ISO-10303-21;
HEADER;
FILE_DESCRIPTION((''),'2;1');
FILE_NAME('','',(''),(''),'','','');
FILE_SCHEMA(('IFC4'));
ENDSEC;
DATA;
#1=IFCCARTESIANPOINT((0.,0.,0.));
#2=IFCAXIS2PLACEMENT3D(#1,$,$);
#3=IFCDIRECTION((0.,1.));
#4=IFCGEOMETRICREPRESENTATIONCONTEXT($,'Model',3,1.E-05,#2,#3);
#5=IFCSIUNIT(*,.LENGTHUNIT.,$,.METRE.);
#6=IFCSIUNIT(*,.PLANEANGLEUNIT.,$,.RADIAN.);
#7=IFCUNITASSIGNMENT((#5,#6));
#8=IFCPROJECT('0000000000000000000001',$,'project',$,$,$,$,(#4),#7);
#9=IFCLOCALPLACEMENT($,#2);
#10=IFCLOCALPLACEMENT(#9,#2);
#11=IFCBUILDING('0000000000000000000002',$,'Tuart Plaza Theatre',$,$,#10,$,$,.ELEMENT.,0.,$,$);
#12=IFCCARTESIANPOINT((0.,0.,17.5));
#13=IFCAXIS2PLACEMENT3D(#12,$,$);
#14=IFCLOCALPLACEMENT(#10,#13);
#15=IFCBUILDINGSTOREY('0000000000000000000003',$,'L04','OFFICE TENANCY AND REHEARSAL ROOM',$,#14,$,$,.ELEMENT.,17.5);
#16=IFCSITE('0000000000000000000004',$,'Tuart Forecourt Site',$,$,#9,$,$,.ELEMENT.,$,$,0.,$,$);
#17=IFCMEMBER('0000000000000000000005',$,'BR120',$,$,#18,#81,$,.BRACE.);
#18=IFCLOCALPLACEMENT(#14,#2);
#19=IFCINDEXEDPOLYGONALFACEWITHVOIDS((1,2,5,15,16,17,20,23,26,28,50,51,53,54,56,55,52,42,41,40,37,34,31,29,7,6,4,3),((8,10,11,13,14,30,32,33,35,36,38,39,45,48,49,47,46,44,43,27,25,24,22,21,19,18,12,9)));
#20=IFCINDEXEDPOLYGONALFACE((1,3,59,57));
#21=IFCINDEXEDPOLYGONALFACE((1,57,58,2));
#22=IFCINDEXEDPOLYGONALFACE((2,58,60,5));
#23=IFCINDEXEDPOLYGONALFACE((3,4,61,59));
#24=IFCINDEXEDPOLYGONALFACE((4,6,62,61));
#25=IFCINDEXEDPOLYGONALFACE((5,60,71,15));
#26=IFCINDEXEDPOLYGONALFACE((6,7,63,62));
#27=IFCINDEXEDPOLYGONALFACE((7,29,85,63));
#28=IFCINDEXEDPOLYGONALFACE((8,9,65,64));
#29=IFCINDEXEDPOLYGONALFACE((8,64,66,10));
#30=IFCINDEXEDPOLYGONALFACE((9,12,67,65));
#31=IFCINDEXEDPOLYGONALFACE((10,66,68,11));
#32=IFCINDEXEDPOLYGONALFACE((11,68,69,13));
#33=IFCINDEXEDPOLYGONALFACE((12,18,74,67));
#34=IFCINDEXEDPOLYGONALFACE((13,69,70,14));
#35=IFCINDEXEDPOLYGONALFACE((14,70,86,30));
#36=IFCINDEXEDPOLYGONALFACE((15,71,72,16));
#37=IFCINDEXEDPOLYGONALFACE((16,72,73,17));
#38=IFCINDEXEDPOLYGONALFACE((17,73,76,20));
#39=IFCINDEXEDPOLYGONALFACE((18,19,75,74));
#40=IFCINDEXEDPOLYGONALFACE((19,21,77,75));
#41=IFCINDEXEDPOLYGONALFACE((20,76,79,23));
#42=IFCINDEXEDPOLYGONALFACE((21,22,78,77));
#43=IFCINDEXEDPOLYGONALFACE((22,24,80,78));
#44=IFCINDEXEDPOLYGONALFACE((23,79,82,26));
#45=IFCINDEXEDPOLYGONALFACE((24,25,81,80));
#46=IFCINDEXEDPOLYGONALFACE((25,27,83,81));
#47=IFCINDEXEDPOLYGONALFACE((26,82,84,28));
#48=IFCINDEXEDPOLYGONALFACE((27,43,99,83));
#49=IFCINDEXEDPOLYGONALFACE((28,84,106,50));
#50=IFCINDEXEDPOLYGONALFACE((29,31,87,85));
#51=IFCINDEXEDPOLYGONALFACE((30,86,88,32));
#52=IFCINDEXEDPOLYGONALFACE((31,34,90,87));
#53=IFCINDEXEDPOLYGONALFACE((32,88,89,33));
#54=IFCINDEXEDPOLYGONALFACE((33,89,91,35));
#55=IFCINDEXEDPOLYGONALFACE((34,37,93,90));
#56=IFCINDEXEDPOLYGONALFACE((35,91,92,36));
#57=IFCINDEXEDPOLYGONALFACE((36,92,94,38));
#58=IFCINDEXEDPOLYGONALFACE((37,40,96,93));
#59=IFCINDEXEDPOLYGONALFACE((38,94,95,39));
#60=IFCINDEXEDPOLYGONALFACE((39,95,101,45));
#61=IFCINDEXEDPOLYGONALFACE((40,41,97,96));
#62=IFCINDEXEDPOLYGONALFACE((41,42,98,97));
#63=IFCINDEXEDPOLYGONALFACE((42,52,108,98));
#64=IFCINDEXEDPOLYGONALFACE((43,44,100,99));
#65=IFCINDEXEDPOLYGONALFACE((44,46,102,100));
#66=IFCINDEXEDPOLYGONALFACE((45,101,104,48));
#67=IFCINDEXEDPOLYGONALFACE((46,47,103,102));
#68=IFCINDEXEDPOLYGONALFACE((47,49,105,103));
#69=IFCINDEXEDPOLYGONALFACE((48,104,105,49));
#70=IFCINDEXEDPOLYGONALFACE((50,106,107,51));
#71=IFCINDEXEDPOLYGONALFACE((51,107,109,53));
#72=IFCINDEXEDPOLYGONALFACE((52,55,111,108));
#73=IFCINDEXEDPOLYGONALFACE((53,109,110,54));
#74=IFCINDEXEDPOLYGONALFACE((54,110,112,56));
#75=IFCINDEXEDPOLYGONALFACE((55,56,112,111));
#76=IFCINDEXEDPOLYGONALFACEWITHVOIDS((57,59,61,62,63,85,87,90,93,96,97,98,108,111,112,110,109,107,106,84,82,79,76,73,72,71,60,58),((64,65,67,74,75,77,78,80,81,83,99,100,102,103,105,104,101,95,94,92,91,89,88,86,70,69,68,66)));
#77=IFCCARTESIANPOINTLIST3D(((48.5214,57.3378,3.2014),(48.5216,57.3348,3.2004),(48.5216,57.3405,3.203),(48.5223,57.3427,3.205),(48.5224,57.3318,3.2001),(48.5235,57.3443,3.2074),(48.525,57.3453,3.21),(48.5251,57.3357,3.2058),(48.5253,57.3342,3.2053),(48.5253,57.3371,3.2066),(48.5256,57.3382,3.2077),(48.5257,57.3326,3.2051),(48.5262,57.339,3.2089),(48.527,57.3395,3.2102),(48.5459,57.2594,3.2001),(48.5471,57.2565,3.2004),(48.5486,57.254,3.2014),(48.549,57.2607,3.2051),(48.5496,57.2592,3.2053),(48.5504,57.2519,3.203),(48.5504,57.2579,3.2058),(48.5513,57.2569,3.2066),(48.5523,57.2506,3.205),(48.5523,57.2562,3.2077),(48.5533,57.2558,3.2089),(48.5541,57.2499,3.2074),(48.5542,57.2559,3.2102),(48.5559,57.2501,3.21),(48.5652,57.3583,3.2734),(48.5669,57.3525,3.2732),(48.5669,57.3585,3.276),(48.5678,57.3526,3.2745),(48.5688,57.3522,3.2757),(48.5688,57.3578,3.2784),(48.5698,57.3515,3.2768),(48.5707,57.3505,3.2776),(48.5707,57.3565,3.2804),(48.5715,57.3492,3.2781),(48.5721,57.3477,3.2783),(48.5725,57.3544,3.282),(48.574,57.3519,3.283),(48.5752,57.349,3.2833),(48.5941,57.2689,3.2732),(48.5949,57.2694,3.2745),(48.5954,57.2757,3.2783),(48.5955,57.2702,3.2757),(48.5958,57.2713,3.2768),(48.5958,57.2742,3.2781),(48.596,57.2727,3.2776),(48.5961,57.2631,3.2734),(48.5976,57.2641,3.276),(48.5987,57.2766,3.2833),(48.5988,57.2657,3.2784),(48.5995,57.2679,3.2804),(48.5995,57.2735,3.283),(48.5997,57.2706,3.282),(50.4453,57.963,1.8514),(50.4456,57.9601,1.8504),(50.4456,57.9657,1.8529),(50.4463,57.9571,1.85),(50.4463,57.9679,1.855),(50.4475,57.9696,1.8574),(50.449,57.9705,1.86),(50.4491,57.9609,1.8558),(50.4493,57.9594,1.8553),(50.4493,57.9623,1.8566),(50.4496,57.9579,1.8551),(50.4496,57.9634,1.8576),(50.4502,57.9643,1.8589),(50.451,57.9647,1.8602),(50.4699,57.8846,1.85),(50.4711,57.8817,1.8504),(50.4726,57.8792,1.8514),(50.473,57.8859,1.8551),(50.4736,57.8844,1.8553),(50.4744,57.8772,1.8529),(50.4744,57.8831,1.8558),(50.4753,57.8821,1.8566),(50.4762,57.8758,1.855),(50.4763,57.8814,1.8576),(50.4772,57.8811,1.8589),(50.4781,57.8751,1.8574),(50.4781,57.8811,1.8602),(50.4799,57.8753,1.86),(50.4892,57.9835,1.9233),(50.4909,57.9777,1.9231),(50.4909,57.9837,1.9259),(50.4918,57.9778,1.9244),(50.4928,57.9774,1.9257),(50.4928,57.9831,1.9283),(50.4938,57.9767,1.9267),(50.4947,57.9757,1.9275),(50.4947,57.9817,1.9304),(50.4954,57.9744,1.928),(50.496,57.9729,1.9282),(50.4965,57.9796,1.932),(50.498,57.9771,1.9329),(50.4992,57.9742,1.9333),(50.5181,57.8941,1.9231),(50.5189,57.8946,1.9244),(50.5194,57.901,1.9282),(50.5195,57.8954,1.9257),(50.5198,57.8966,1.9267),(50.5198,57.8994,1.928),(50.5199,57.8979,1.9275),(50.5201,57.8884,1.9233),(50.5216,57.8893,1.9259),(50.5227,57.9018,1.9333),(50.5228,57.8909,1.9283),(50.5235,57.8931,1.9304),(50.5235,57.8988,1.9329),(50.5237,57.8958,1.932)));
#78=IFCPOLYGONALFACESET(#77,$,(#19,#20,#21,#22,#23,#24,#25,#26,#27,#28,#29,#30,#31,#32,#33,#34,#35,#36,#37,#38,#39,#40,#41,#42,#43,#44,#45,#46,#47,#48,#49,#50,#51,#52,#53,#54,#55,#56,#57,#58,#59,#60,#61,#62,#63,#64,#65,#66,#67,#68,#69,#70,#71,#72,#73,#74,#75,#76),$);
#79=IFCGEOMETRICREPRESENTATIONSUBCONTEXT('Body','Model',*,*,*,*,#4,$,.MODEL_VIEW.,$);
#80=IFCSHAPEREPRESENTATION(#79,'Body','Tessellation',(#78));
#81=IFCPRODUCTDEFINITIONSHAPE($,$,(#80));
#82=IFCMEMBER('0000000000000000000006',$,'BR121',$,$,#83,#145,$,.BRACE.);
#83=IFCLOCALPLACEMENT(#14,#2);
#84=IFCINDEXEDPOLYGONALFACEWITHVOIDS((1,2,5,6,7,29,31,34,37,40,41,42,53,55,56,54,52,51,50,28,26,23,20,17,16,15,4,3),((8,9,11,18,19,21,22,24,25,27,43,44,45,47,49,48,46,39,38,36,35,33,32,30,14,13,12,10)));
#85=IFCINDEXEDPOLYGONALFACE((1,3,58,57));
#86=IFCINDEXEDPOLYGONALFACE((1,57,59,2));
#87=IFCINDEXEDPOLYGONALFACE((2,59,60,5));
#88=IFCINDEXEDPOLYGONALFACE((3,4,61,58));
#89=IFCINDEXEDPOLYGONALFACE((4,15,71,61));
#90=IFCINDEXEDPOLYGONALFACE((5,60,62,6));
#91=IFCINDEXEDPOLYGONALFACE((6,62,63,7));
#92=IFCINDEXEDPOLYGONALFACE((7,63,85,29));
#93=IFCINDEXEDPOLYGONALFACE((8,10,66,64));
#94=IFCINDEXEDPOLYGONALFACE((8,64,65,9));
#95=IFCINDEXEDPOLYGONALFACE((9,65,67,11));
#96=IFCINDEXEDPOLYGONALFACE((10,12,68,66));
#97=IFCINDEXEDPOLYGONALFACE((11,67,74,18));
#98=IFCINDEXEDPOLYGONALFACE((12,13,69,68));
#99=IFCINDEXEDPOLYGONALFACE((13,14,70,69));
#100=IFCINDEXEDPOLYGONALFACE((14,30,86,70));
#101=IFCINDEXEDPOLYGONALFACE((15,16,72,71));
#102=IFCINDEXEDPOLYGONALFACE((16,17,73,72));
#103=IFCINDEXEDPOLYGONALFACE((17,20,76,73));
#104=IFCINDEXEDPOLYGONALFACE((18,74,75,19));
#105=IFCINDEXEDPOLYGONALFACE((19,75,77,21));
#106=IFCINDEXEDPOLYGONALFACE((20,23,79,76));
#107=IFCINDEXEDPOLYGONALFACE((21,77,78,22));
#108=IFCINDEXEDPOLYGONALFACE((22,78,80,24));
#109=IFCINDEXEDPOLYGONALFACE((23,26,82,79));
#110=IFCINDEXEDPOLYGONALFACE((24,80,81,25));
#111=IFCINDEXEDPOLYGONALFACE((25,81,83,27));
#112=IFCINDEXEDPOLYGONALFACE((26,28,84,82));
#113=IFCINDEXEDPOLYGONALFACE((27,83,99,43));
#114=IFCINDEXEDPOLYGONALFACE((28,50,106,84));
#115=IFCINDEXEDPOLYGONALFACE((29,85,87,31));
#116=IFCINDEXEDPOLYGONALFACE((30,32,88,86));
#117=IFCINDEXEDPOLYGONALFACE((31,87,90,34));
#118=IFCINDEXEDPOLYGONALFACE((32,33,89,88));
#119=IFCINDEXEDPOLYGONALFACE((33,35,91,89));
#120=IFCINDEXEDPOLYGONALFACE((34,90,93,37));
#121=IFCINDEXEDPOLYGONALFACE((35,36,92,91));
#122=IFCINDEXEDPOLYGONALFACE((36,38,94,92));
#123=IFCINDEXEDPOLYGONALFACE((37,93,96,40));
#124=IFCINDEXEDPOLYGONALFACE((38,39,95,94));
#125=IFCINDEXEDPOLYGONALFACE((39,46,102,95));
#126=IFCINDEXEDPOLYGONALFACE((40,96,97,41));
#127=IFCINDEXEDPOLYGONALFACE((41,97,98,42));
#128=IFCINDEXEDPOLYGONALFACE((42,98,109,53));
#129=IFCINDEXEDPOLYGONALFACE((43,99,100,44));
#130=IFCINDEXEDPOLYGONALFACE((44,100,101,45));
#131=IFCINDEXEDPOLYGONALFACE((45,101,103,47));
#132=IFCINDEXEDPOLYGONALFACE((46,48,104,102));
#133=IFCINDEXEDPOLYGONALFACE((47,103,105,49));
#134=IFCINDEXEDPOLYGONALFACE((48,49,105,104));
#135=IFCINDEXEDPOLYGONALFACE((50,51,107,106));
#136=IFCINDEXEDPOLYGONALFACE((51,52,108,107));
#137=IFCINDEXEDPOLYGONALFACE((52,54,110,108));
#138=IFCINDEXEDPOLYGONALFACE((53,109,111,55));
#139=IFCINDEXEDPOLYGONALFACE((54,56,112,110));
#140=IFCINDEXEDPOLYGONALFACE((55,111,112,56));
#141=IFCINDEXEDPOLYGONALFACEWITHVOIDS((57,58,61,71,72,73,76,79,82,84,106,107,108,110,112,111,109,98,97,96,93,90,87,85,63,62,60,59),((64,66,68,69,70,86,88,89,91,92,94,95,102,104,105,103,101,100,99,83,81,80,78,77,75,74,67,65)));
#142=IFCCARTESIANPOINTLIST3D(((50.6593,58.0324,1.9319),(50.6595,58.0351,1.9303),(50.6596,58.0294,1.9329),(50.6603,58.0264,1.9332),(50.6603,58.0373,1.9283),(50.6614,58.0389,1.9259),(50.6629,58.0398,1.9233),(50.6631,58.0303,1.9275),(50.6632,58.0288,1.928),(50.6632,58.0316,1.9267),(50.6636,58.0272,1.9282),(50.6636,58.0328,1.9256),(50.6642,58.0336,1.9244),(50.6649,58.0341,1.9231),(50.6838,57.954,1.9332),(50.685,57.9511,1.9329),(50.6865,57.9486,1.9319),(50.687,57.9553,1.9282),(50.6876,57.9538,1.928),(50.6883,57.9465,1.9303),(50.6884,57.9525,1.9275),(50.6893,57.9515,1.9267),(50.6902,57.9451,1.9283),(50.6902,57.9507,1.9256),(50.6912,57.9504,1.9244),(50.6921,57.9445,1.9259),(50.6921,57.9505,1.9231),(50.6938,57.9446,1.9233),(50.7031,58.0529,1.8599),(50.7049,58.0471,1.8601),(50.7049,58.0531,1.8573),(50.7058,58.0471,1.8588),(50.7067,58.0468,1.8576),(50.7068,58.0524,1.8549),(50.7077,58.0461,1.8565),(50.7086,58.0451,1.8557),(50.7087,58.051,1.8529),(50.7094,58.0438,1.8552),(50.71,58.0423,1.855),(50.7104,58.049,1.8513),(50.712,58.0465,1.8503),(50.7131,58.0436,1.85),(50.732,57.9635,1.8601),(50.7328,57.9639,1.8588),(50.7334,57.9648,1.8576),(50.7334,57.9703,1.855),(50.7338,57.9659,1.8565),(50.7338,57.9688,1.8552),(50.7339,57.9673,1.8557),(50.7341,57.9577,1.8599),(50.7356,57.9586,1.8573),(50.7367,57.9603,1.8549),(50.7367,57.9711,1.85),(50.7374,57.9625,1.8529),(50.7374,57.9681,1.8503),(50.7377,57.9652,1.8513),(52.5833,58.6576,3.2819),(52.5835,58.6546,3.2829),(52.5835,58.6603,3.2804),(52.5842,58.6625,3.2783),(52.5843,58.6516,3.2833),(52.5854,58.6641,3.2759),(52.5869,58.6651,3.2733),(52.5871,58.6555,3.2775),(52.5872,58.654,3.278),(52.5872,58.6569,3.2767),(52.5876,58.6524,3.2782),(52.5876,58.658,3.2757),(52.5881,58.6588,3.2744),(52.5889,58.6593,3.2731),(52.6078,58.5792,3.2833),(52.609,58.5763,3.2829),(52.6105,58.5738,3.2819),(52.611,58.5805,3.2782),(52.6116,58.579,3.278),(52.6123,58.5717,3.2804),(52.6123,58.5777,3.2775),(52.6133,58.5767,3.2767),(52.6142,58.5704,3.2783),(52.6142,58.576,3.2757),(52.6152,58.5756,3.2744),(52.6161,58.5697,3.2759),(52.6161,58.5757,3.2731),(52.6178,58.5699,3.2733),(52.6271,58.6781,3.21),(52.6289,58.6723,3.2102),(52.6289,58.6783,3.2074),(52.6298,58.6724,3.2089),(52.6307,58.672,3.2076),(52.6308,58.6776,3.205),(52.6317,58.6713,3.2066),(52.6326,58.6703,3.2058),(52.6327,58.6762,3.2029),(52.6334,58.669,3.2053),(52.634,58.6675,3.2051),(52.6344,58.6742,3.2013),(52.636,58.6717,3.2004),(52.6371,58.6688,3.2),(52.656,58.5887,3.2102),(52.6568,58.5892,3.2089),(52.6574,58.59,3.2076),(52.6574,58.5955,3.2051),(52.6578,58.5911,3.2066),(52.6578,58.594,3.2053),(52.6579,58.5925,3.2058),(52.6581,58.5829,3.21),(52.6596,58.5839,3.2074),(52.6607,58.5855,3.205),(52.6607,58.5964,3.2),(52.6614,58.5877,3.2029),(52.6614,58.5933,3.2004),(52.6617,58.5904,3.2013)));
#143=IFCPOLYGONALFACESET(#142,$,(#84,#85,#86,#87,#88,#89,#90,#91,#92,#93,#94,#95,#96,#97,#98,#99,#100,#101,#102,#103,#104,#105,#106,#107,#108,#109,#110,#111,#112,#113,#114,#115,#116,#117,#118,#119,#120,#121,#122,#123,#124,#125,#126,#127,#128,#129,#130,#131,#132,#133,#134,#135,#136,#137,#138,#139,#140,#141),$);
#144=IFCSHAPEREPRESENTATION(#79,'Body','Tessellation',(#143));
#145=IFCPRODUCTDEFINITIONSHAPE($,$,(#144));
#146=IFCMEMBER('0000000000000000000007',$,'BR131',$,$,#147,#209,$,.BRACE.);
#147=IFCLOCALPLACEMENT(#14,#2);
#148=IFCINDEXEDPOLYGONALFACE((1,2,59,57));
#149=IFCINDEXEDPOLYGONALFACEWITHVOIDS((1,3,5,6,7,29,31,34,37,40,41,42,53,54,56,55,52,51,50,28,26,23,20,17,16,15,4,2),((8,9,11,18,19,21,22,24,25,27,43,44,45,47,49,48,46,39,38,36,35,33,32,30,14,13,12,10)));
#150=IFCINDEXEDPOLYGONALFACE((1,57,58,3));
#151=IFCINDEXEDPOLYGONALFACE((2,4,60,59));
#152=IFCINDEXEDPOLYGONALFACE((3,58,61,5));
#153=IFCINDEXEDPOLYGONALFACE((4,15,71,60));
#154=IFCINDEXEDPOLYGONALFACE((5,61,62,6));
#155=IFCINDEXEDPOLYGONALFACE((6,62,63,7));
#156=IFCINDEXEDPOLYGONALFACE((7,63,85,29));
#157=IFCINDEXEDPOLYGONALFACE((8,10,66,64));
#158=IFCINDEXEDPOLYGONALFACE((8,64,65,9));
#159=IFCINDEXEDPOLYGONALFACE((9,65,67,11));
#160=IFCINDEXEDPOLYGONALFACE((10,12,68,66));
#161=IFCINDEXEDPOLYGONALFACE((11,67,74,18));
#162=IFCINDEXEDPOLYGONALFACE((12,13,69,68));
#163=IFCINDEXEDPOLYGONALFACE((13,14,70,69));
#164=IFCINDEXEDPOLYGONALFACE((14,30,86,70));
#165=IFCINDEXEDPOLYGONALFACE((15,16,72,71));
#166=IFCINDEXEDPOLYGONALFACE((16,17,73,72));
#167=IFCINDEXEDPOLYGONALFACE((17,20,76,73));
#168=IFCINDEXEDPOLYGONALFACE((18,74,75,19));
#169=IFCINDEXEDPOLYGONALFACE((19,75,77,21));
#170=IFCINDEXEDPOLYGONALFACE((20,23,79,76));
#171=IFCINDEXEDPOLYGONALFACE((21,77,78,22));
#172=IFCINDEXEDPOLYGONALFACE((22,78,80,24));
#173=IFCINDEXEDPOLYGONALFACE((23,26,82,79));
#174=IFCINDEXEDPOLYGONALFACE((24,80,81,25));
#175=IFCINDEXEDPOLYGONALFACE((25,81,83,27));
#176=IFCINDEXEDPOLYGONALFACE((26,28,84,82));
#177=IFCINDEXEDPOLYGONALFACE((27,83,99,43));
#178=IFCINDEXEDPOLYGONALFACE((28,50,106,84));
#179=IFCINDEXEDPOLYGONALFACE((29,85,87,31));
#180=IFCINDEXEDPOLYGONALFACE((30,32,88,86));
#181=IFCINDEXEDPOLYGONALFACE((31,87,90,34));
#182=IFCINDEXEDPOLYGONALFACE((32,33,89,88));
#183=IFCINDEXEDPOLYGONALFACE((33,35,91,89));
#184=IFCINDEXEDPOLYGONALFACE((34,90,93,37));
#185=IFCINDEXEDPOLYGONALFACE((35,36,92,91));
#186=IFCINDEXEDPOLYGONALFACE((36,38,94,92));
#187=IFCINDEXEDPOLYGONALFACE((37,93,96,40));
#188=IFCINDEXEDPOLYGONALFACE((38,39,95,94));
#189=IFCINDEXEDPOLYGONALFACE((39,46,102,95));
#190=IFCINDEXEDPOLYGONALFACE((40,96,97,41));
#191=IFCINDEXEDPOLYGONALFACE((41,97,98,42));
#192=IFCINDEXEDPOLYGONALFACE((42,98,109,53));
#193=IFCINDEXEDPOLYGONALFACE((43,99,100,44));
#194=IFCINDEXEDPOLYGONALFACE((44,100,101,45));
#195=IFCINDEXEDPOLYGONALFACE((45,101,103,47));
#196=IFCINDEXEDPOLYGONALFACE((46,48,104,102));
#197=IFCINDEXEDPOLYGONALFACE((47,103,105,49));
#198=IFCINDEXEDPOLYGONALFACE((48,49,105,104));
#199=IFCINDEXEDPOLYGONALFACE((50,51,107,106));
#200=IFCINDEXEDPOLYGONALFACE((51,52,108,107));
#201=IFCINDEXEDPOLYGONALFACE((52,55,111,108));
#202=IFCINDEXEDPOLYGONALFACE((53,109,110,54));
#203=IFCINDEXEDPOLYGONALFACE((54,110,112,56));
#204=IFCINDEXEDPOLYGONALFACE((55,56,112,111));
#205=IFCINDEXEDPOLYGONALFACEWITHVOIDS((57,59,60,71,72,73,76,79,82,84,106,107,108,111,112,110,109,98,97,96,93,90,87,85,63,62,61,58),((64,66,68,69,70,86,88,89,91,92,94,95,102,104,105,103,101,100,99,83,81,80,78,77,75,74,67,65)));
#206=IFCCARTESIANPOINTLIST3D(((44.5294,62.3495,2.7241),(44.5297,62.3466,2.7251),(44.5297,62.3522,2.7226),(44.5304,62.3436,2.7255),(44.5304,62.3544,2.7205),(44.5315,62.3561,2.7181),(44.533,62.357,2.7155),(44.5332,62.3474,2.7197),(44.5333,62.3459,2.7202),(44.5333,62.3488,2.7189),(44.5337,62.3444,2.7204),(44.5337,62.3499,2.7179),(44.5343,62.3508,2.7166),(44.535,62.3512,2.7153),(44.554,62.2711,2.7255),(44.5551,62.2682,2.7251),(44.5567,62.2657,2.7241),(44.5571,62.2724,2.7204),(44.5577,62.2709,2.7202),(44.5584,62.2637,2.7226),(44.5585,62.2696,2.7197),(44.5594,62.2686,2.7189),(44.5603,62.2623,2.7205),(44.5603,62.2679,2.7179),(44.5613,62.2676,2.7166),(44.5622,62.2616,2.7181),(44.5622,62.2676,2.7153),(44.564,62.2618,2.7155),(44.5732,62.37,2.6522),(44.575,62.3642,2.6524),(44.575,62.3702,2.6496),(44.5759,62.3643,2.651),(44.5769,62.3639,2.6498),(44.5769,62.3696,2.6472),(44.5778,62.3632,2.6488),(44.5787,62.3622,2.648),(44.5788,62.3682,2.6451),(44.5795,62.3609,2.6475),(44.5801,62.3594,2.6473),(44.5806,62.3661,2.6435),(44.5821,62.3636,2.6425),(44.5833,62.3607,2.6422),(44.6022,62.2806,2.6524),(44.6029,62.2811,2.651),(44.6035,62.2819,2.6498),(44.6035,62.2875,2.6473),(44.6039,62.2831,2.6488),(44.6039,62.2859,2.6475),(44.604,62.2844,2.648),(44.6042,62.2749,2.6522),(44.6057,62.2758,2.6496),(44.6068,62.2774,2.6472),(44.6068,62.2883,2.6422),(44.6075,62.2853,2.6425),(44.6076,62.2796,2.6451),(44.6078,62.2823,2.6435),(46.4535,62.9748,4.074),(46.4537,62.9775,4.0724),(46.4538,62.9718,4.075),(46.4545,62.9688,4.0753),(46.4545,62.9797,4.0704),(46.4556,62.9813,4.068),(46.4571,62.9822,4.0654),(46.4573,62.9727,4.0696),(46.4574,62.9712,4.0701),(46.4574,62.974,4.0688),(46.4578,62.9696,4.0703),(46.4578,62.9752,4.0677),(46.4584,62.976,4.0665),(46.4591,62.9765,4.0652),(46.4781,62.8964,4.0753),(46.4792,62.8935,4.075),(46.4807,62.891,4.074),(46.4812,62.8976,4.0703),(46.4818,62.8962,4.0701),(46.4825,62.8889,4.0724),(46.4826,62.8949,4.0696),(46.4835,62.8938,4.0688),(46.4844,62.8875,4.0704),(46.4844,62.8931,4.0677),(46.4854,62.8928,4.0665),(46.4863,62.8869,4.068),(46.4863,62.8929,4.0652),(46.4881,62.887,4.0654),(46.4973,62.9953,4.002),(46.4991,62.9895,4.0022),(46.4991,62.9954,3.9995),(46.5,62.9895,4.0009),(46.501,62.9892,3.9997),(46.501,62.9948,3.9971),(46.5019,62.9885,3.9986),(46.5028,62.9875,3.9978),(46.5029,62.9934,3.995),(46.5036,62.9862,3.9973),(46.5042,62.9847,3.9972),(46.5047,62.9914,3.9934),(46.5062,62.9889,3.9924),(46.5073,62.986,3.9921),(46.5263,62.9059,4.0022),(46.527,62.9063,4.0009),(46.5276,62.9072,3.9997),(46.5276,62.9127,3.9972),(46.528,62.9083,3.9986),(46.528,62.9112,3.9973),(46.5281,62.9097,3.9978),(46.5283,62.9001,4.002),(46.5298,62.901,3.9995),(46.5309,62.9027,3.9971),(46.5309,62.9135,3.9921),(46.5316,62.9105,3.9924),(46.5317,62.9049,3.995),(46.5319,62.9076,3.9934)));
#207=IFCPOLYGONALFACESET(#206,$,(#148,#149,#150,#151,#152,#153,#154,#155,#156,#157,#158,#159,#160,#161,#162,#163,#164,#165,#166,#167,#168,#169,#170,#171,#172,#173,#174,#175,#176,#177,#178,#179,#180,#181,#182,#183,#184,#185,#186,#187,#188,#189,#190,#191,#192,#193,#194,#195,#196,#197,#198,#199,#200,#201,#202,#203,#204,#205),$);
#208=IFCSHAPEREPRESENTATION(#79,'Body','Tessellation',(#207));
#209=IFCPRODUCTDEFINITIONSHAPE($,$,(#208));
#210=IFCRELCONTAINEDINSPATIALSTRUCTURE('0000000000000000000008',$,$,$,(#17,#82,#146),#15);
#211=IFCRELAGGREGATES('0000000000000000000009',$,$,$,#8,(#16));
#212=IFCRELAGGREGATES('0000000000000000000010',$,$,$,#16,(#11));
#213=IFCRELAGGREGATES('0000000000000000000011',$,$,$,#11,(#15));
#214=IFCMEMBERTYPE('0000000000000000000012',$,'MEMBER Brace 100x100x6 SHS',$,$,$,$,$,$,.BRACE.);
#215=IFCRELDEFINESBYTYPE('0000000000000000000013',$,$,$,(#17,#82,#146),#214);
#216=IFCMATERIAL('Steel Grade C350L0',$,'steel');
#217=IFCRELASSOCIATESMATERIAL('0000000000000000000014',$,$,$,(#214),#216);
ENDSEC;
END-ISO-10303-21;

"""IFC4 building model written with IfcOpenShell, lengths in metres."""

from ifc_helpers import new_model, si_unit, direction, frame, origin, origin_2d, place, context, subcontext, project, spatial, hollow_rectangle, extrude, material, material_profile, profile_set, type_object, element, save


model = new_model("IFC4")

# Units and contexts
model_context = context("Model", 3, precision=1e-05, world=origin(), true_north=direction((0.0, 1.0)))
body_context = subcontext(model_context, "Body", "Model", "MODEL_VIEW")
ifc_project = project(units=[si_unit("LENGTHUNIT", "METRE"), si_unit("PLANEANGLEUNIT", "RADIAN")], contexts=[model_context])

# Site, building, storey
site_placement = place(None, origin())
site = spatial("IfcSite", under=ifc_project, at=site_placement, Name="Tuart Forecourt Site", CompositionType="ELEMENT", RefElevation=0.0)
building_placement = place(site_placement, origin())
building = spatial("IfcBuilding", under=site, at=building_placement, Name="Tuart Plaza Theatre", CompositionType="ELEMENT", ElevationOfRefHeight=0.0)
storey_placement = place(building_placement, frame((0.0, 0.0, 17.5)))
storey = spatial("IfcBuildingStorey", under=building, at=storey_placement, Name="L04", Description="OFFICE TENANCY AND REHEARSAL ROOM", CompositionType="ELEMENT", Elevation=17.5)

# Members
ifc_material_1 = material(Name="Steel Grade C350L0", Category="steel")
ifc_material_profile_1 = material_profile(ifc_material_1, hollow_rectangle(XDim=0.1001, YDim=0.1001, WallThickness=0.0061, InnerFilletRadius=0.0061, OuterFilletRadius=0.012, at=origin_2d()), Name="100x100x6 SHS")
ifc_profile_set_1 = profile_set([ifc_material_profile_1], Name="Steel Grade C350L0")
member_type_1 = type_object("IfcMemberType", Name="MEMBER Brace 100x100x6 SHS", PredefinedType="BRACE", material=ifc_profile_set_1)
for number, where, z_axis, x_axis, name in (
    (1, (48.5605, 57.3042, 3.2417), (0.791073, 0.257066, -0.555086), (-0.309051, 0.951046, 0.0), "BR120"),
    (2, (50.6985, 57.9988, 1.8916), (0.791073, 0.257066, 0.555086), (-0.309051, 0.951046, 0.0), "BR121"),
    (3, (44.5686, 62.3159, 2.6838), (0.791117, 0.25708, 0.555017), (-0.309051, 0.951046, 0.0), "BR131"),
):
    element("IfcMember", number, at=place(storey_placement, frame(where, z_axis=z_axis, x_axis=x_axis)), inside=storey, type_object=member_type_1, Name=name, PredefinedType="BRACE", context=body_context, shape_type="SweptSolid", body=[
        extrude(hollow_rectangle(XDim=0.1001, YDim=0.1001, WallThickness=0.0061, InnerFilletRadius=0.0061, OuterFilletRadius=0.012, at=origin_2d()), origin(), (0.0, 0.0, 1.0), 2.4321),
    ])

save(model, "model.ifc")
